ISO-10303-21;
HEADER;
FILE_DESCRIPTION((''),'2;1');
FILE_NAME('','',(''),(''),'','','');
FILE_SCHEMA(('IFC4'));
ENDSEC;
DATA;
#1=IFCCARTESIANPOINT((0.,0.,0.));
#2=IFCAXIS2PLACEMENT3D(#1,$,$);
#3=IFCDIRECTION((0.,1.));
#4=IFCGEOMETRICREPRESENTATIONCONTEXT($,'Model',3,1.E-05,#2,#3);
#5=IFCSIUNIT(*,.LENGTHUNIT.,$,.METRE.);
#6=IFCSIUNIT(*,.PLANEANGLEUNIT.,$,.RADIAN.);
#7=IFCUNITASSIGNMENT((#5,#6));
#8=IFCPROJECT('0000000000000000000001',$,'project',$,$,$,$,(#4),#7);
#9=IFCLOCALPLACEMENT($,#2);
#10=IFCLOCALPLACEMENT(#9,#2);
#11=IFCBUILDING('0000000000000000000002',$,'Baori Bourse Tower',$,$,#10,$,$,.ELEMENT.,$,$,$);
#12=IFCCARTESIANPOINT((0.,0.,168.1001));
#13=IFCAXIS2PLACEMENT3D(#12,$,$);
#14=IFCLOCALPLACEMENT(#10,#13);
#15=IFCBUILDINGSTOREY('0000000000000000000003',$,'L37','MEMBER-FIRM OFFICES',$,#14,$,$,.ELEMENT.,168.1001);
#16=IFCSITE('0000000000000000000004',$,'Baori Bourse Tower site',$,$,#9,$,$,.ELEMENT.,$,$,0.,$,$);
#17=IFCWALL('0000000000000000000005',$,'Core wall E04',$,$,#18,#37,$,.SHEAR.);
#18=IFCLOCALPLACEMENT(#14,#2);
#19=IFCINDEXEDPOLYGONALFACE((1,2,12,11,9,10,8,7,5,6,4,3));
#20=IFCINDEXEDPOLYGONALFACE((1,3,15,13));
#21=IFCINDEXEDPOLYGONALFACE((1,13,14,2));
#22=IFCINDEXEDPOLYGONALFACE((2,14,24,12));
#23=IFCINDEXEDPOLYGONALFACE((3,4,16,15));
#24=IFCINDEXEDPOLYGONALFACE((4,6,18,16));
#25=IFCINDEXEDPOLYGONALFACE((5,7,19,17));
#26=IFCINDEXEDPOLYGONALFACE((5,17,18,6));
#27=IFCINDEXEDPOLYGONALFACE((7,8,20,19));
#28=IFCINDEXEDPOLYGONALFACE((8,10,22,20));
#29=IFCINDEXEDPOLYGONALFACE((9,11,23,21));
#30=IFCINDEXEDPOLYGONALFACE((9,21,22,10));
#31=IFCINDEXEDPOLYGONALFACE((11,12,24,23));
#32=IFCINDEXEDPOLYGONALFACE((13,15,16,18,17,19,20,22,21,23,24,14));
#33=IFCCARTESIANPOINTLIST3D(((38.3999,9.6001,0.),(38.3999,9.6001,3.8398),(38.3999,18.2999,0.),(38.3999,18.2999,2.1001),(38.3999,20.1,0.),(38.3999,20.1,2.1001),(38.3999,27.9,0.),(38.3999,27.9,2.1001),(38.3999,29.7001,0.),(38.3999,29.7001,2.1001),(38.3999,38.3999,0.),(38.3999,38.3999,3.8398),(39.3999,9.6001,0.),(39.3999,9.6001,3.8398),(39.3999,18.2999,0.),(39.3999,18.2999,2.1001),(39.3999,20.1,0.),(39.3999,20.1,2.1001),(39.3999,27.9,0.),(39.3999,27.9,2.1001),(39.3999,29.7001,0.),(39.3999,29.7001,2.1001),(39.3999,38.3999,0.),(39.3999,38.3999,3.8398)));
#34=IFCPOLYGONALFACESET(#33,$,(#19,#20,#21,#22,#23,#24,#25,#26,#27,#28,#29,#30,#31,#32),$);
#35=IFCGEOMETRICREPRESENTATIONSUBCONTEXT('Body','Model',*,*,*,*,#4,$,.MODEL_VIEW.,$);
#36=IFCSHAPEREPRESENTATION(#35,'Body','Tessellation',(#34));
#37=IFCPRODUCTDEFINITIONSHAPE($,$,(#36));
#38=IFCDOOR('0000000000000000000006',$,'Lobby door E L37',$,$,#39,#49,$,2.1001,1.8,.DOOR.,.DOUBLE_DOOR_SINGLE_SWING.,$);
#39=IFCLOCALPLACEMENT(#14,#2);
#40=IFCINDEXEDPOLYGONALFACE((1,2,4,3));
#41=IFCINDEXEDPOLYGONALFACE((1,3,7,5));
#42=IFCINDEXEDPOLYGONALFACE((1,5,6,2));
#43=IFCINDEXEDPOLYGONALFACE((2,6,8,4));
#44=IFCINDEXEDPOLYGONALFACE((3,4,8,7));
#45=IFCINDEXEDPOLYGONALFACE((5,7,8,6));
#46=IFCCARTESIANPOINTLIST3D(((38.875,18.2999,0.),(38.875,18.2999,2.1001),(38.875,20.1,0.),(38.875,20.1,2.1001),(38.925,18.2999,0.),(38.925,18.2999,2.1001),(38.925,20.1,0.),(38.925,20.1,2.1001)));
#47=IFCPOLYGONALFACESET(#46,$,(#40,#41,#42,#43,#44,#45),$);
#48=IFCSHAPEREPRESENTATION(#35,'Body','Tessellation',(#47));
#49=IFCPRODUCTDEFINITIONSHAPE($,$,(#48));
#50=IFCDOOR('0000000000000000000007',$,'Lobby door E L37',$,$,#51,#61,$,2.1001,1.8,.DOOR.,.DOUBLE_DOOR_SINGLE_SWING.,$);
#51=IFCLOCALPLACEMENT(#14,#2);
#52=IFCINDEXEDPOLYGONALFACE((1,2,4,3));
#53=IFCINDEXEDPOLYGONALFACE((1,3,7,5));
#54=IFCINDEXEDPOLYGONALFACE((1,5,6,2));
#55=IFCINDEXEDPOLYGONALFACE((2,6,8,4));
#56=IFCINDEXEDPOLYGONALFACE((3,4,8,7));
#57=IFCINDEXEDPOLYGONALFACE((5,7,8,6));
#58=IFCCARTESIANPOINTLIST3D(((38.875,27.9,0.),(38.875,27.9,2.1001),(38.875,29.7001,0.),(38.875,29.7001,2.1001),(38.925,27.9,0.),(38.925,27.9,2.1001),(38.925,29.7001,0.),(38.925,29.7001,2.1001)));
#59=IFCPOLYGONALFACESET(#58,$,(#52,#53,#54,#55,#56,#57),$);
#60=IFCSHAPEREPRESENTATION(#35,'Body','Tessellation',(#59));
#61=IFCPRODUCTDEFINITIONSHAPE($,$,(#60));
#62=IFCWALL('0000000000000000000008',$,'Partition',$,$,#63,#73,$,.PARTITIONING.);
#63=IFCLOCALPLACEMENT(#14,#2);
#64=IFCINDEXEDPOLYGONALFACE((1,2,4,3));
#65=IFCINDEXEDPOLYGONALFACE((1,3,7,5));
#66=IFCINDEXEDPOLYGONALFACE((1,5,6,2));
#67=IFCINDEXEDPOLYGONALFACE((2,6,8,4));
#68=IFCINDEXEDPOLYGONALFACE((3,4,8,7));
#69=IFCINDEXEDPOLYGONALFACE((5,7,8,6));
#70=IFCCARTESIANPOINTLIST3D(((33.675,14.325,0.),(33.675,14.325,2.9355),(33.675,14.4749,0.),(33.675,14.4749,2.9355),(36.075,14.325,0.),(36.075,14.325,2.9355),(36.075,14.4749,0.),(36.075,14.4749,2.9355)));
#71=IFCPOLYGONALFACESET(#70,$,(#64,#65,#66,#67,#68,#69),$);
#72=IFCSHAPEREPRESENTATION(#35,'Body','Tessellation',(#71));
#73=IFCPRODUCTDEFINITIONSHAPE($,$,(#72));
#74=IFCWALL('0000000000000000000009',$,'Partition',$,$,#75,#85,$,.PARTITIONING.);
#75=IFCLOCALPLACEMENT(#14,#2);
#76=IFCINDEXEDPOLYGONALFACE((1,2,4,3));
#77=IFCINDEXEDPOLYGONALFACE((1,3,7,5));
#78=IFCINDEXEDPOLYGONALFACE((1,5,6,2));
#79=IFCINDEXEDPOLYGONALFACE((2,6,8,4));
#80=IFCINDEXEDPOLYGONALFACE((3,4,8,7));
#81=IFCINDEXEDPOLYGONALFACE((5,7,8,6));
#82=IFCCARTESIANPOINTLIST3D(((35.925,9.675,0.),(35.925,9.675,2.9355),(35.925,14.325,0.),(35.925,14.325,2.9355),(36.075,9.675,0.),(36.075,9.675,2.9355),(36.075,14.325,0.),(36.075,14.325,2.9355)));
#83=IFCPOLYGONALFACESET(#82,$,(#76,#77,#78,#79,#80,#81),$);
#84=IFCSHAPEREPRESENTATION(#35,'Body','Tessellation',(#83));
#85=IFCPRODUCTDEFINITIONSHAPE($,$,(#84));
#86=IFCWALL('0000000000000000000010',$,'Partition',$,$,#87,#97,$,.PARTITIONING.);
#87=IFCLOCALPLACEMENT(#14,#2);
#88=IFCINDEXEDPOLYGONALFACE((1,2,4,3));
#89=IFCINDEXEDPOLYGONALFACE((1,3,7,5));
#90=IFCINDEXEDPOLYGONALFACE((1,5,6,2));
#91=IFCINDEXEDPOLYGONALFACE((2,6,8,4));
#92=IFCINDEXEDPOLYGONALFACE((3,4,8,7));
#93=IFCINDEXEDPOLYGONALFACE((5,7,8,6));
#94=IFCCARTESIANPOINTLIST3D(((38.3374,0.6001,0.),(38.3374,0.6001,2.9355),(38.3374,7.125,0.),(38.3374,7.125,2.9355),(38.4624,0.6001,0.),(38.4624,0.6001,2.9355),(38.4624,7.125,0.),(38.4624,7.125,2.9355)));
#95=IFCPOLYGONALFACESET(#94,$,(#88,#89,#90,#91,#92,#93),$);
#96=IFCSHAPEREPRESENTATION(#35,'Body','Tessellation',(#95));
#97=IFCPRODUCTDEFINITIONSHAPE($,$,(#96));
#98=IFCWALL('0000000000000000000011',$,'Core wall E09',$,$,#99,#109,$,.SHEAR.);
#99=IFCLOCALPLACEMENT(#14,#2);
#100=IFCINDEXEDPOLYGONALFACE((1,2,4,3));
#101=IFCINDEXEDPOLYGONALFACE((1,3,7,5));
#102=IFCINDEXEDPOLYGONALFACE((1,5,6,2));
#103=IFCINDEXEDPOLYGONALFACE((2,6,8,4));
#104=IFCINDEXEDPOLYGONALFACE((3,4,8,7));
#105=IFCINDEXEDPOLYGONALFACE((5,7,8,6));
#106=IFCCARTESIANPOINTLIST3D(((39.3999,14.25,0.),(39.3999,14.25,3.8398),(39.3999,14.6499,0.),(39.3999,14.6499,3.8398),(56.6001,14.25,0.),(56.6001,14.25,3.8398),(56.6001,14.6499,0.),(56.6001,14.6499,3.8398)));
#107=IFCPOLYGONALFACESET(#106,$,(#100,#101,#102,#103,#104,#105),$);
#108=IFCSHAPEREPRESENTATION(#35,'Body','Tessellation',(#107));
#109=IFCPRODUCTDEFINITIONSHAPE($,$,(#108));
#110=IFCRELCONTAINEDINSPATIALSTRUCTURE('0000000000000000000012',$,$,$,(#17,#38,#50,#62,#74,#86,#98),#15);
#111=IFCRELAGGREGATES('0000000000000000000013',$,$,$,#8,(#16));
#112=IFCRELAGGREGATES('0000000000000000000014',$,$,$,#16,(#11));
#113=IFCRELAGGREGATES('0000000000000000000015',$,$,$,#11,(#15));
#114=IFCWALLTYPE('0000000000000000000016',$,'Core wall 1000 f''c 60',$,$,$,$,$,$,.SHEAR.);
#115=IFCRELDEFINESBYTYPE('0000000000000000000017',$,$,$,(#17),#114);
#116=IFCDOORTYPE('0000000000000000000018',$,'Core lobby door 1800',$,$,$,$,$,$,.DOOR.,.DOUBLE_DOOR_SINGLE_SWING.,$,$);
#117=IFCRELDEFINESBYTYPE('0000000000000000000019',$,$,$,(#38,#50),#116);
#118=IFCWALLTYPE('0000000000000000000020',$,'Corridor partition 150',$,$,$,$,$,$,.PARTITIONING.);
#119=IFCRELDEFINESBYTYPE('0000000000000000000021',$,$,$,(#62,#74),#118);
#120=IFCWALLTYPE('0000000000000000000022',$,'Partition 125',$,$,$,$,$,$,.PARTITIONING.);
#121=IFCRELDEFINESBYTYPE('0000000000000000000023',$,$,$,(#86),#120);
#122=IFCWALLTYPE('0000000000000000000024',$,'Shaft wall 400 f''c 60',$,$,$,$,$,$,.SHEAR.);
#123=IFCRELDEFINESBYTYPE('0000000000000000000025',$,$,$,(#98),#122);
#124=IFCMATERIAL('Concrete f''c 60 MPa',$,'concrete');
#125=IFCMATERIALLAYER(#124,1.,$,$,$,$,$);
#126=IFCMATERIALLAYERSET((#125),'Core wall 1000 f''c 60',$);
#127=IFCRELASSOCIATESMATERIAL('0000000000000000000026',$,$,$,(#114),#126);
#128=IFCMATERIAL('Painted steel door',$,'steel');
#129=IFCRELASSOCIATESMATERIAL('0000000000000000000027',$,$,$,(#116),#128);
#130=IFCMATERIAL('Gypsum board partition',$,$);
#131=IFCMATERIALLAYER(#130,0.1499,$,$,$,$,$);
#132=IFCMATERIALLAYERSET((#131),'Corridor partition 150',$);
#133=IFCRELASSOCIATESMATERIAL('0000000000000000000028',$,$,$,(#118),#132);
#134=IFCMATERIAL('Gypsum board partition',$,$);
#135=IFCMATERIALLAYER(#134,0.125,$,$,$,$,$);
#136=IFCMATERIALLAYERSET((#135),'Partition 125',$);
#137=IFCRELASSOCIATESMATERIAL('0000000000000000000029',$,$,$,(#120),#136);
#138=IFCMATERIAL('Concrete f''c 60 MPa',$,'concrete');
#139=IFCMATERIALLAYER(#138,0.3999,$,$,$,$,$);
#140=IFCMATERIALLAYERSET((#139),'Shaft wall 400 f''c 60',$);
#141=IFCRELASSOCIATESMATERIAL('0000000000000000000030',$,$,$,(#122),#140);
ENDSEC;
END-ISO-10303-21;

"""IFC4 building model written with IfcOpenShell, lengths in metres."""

from ifc_helpers import new_model, si_unit, direction, frame, frame_2d, origin, place, context, subcontext, project, spatial, rectangle, extrude, material, layer, layer_set, type_object, element, fill, save


model = new_model("IFC4")

# Units and contexts
model_context = context("Model", 3, precision=1e-05, world=origin(), true_north=direction((0.0, 1.0)))
body_context = subcontext(model_context, "Body", "Model", "MODEL_VIEW")
ifc_project = project(units=[si_unit("LENGTHUNIT", "METRE"), si_unit("PLANEANGLEUNIT", "RADIAN")], contexts=[model_context])

# Site, building, storey
site_placement = place(None, origin())
site = spatial("IfcSite", under=ifc_project, at=site_placement, Name="Baori Bourse Tower site", CompositionType="ELEMENT", RefElevation=0.0)
building_placement = place(site_placement, origin())
building = spatial("IfcBuilding", under=site, at=building_placement, Name="Baori Bourse Tower", CompositionType="ELEMENT")
storey_placement = place(building_placement, frame((0.0, 0.0, 168.1001)))
storey = spatial("IfcBuildingStorey", under=building, at=storey_placement, Name="L37", Description="MEMBER-FIRM OFFICES", CompositionType="ELEMENT", Elevation=168.1001)

# Wall, openings, doors
ifc_material_1 = material(Name="Concrete f'c 60 MPa", Category="concrete")
ifc_layer_1 = layer(ifc_material_1, 1.0)
ifc_layer_set_1 = layer_set([ifc_layer_1], Name="Core wall 1000 f'c 60")
wall_type_1 = type_object("IfcWallType", Name="Core wall 1000 f'c 60", PredefinedType="SHEAR", material=ifc_layer_set_1)
wall_1_placement = place(storey_placement, frame((38.8999, 9.6001, 0.0), z_axis=(0.0, 0.0, 1.0), x_axis=(0.0, 1.0, 0.0)))
wall_1 = element("IfcWall", 1, at=wall_1_placement, inside=storey, type_object=wall_type_1, Name="Core wall E04", PredefinedType="SHEAR", context=body_context, shape_type="SweptSolid", body=[
    extrude(rectangle(XDim=28.7998, YDim=1.0, at=frame_2d((14.3999, 0.0))), origin(), (0.0, 0.0, 1.0), 3.8398),
])
opening_1_placement = place(wall_1_placement, frame((8.7, 0.0, 0.0)))
opening_1 = element("IfcOpeningElement", 2, at=opening_1_placement, cuts=wall_1, PredefinedType="OPENING", context=body_context, shape_type="SweptSolid", body=[
    extrude(rectangle(XDim=1.8, YDim=2.1001, at=frame_2d((0.8999, 1.05))), frame((0.0, 0.51, 0.0), z_axis=(0.0, -1.0, 0.0), x_axis=(1.0, 0.0, 0.0)), (0.0, 0.0, 1.0), 1.02),
])
opening_2_placement = place(wall_1_placement, frame((18.3, 0.0, 0.0)))
opening_2 = element("IfcOpeningElement", 3, at=opening_2_placement, cuts=wall_1, PredefinedType="OPENING", context=body_context, shape_type="SweptSolid", body=[
    extrude(rectangle(XDim=1.8, YDim=2.1001, at=frame_2d((0.8999, 1.05))), frame((0.0, 0.51, 0.0), z_axis=(0.0, -1.0, 0.0), x_axis=(1.0, 0.0, 0.0)), (0.0, 0.0, 1.0), 1.02),
])
ifc_material_2 = material(Name="Painted steel door", Category="steel")
door_type_1 = type_object("IfcDoorType", Name="Core lobby door 1800", OperationType="DOUBLE_DOOR_SINGLE_SWING", PredefinedType="DOOR", material=ifc_material_2)
door_1_placement = place(opening_1_placement, origin())
door_1 = element("IfcDoor", 4, at=door_1_placement, inside=storey, type_object=door_type_1, Name="Lobby door E L37", OperationType="DOUBLE_DOOR_SINGLE_SWING", OverallHeight=2.1001, OverallWidth=1.8, PredefinedType="DOOR", context=body_context, shape_type="SweptSolid", body=[
    extrude(rectangle(XDim=1.8, YDim=2.1001, at=frame_2d((0.8999, 1.05))), frame((0.0, 0.0249, 0.0), z_axis=(0.0, -1.0, 0.0), x_axis=(1.0, 0.0, 0.0)), (0.0, 0.0, 1.0), 0.05),
])
fill(opening_1, door_1)
door_2_placement = place(opening_2_placement, origin())
door_2 = element("IfcDoor", 5, at=door_2_placement, inside=storey, type_object=door_type_1, Name="Lobby door E L37", OperationType="DOUBLE_DOOR_SINGLE_SWING", OverallHeight=2.1001, OverallWidth=1.8, PredefinedType="DOOR", context=body_context, shape_type="SweptSolid", body=[
    extrude(rectangle(XDim=1.8, YDim=2.1001, at=frame_2d((0.8999, 1.05))), frame((0.0, 0.0249, 0.0), z_axis=(0.0, -1.0, 0.0), x_axis=(1.0, 0.0, 0.0)), (0.0, 0.0, 1.0), 0.05),
])
fill(opening_2, door_2)

# Walls
ifc_material_3 = material(Name="Gypsum board partition")
ifc_layer_2 = layer(ifc_material_3, 0.1499)
ifc_layer_set_2 = layer_set([ifc_layer_2], Name="Corridor partition 150")
wall_type_2 = type_object("IfcWallType", Name="Corridor partition 150", PredefinedType="PARTITIONING", material=ifc_layer_set_2)
wall_2_placement = place(storey_placement, frame((33.675, 14.3999, 0.0), z_axis=(0.0, 0.0, 1.0), x_axis=(1.0, 0.0, 0.0)))
element("IfcWall", 6, at=wall_2_placement, inside=storey, type_object=wall_type_2, Name="Partition", PredefinedType="PARTITIONING", context=body_context, shape_type="SweptSolid", body=[
    extrude(rectangle(XDim=2.3999, YDim=0.1499, at=frame_2d((1.2, 0.0))), origin(), (0.0, 0.0, 1.0), 2.9355),
])
wall_3_placement = place(storey_placement, frame((36.0, 9.675, 0.0), z_axis=(0.0, 0.0, 1.0), x_axis=(0.0, 1.0, 0.0)))
element("IfcWall", 7, at=wall_3_placement, inside=storey, type_object=wall_type_2, Name="Partition", PredefinedType="PARTITIONING", context=body_context, shape_type="SweptSolid", body=[
    extrude(rectangle(XDim=4.6499, YDim=0.1499, at=frame_2d((2.325, 0.0))), origin(), (0.0, 0.0, 1.0), 2.9355),
])
ifc_material_4 = material(Name="Gypsum board partition")
ifc_layer_3 = layer(ifc_material_4, 0.125)
ifc_layer_set_3 = layer_set([ifc_layer_3], Name="Partition 125")
wall_type_3 = type_object("IfcWallType", Name="Partition 125", PredefinedType="PARTITIONING", material=ifc_layer_set_3)
wall_4_placement = place(storey_placement, frame((38.3999, 0.6001, 0.0), z_axis=(0.0, 0.0, 1.0), x_axis=(0.0, 1.0, 0.0)))
element("IfcWall", 8, at=wall_4_placement, inside=storey, type_object=wall_type_3, Name="Partition", PredefinedType="PARTITIONING", context=body_context, shape_type="SweptSolid", body=[
    extrude(rectangle(XDim=6.5249, YDim=0.125, at=frame_2d((3.2625, 0.0))), origin(), (0.0, 0.0, 1.0), 2.9355),
])
ifc_material_5 = material(Name="Concrete f'c 60 MPa", Category="concrete")
ifc_layer_4 = layer(ifc_material_5, 0.3999)
ifc_layer_set_4 = layer_set([ifc_layer_4], Name="Shaft wall 400 f'c 60")
wall_type_4 = type_object("IfcWallType", Name="Shaft wall 400 f'c 60", PredefinedType="SHEAR", material=ifc_layer_set_4)
wall_5_placement = place(storey_placement, frame((39.3999, 14.45, 0.0), z_axis=(0.0, 0.0, 1.0), x_axis=(1.0, 0.0, 0.0)))
element("IfcWall", 9, at=wall_5_placement, inside=storey, type_object=wall_type_4, Name="Core wall E09", PredefinedType="SHEAR", context=body_context, shape_type="SweptSolid", body=[
    extrude(rectangle(XDim=17.2002, YDim=0.3999, at=frame_2d((8.6001, 0.0))), origin(), (0.0, 0.0, 1.0), 3.8398),
])

save(model, "model.ifc")
